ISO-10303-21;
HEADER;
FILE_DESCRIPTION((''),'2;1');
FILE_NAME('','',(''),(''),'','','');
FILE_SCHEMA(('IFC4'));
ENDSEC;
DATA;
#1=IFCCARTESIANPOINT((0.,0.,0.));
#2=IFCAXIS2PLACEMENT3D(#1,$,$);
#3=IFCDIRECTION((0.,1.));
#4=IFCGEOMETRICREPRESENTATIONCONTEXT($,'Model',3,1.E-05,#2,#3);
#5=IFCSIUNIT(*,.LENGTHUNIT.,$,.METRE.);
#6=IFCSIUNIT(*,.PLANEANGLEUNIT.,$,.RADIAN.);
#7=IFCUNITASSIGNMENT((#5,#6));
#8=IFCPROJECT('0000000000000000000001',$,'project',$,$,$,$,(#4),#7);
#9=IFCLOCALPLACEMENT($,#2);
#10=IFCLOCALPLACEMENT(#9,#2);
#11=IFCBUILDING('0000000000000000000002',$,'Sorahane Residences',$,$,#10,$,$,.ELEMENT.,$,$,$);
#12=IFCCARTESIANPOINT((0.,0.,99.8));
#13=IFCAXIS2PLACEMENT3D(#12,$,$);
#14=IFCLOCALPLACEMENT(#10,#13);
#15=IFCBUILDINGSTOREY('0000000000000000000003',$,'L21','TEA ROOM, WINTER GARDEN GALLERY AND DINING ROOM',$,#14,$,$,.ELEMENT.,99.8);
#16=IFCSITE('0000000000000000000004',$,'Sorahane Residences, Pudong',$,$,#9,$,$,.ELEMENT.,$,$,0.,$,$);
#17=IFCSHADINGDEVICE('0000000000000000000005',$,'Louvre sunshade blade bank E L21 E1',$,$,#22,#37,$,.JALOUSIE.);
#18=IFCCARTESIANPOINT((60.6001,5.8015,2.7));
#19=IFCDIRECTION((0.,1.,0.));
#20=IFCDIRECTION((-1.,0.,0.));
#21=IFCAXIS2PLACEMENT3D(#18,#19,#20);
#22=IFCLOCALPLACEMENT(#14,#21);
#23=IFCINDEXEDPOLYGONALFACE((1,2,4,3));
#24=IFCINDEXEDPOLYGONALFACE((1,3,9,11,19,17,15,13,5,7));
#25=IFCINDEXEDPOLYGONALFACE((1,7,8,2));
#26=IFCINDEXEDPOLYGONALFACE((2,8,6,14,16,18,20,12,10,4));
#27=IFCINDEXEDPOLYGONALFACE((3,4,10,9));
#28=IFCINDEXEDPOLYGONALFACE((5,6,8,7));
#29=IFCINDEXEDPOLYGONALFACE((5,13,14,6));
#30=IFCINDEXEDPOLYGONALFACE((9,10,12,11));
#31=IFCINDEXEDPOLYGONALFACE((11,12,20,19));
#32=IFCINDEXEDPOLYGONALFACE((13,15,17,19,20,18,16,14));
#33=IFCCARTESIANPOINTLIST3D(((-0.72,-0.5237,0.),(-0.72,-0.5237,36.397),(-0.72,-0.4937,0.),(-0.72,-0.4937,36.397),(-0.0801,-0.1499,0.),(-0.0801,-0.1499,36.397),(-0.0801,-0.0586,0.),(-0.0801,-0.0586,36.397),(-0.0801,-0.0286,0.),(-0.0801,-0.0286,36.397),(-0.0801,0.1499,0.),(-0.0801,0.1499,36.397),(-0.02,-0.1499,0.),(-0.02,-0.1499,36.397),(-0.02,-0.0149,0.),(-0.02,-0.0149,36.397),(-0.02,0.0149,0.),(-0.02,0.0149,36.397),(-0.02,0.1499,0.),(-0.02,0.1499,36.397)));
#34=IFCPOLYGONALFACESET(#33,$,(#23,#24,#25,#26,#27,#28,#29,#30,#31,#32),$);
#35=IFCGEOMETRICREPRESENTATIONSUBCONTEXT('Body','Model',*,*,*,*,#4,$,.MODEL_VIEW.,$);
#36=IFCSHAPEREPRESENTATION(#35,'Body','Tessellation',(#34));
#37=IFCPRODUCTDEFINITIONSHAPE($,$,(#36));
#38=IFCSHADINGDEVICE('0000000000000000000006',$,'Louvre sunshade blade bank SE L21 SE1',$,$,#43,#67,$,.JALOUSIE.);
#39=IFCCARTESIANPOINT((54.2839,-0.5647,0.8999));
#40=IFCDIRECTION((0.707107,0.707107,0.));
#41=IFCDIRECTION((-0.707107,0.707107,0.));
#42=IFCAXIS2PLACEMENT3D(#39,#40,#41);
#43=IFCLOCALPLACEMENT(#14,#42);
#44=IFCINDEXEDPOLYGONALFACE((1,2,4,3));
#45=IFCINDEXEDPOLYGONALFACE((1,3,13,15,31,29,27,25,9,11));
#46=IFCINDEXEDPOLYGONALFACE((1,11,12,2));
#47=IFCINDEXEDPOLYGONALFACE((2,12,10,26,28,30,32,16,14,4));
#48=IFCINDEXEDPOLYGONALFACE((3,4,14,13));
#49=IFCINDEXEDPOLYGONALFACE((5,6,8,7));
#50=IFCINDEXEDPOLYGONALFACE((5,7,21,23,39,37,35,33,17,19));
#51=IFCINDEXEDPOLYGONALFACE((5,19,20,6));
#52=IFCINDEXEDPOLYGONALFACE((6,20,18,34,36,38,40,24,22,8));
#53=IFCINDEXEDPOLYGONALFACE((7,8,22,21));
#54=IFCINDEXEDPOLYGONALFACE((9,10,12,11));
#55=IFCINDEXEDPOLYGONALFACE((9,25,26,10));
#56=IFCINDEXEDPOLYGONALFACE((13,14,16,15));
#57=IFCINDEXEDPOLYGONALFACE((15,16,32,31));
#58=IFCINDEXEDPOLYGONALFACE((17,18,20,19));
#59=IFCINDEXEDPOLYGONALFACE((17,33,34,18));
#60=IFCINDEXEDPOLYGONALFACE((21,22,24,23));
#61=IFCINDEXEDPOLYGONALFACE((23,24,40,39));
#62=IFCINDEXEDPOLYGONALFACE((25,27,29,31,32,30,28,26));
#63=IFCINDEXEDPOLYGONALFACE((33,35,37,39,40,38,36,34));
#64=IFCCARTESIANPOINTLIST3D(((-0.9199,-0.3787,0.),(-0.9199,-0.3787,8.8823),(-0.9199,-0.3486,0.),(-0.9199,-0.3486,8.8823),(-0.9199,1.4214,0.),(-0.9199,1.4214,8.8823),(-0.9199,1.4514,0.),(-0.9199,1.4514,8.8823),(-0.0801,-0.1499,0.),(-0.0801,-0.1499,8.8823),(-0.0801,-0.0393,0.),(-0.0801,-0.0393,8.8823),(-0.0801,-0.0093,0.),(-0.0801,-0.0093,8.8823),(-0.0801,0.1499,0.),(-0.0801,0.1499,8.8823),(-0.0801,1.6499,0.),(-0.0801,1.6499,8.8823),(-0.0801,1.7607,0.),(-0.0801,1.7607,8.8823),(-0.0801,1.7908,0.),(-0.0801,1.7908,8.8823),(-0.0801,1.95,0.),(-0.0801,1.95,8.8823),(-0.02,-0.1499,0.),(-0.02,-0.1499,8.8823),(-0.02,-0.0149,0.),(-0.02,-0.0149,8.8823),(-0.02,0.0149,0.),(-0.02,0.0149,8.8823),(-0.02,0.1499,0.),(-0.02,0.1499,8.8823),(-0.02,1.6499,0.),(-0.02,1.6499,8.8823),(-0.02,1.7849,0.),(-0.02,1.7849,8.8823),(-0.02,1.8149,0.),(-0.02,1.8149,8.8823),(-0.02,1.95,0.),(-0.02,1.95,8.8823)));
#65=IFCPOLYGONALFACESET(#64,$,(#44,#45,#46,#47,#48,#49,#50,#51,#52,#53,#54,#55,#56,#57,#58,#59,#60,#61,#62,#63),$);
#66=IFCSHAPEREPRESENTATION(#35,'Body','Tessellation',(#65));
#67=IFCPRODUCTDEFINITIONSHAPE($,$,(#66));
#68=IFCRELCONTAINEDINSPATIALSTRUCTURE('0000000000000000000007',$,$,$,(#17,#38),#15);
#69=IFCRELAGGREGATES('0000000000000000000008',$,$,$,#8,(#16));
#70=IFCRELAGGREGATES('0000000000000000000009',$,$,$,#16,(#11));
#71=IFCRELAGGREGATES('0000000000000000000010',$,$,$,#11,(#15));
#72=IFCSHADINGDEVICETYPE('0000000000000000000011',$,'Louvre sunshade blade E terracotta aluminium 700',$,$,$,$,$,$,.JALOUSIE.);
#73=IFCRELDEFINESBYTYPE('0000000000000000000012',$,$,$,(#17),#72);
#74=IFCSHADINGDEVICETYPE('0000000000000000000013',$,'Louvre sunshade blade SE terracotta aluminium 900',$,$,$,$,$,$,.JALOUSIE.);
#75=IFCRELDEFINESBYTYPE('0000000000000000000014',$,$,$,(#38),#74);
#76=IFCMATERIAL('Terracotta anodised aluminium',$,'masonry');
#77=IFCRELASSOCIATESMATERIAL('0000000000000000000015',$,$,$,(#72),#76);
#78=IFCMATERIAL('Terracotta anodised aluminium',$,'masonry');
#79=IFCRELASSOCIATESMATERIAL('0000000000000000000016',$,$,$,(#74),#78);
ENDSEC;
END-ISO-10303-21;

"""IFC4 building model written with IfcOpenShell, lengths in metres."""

from ifc_helpers import new_model, si_unit, direction, frame, origin, place, context, subcontext, project, spatial, polyline, outline, composite_profile, extrude, material, type_object, element, save


model = new_model("IFC4")

# Units and contexts
model_context = context("Model", 3, precision=1e-05, world=origin(), true_north=direction((0.0, 1.0)))
body_context = subcontext(model_context, "Body", "Model", "MODEL_VIEW")
ifc_project = project(units=[si_unit("LENGTHUNIT", "METRE"), si_unit("PLANEANGLEUNIT", "RADIAN")], contexts=[model_context])

# Site, building, storey
site_placement = place(None, origin())
site = spatial("IfcSite", under=ifc_project, at=site_placement, Name="Sorahane Residences, Pudong", CompositionType="ELEMENT", RefElevation=0.0)
building_placement = place(site_placement, origin())
building = spatial("IfcBuilding", under=site, at=building_placement, Name="Sorahane Residences", CompositionType="ELEMENT")
storey_placement = place(building_placement, frame((0.0, 0.0, 99.8)))
storey = spatial("IfcBuildingStorey", under=building, at=storey_placement, Name="L21", Description="TEA ROOM, WINTER GARDEN GALLERY AND DINING ROOM", CompositionType="ELEMENT", Elevation=99.8)

# Shading devices
ifc_material_1 = material(Name="Terracotta anodised aluminium", Category="masonry")
shading_device_type_1 = type_object("IfcShadingDeviceType", Name="Louvre sunshade blade E terracotta aluminium 700", PredefinedType="JALOUSIE", material=ifc_material_1)
shading_device_1_placement = place(storey_placement, frame((60.6001, 5.8015, 2.7), z_axis=(0.0, 1.0, 0.0), x_axis=(-1.0, 0.0, 0.0)))
element("IfcShadingDevice", 1, at=shading_device_1_placement, inside=storey, type_object=shading_device_type_1, Name="Louvre sunshade blade bank E L21 E1", PredefinedType="JALOUSIE", context=body_context, shape_type="SweptSolid", body=[
    extrude(outline(polyline([(-0.72, -0.4937), (-0.72, -0.5237), (-0.0801, -0.0586), (-0.0801, -0.1499), (-0.02, -0.1499), (-0.02, -0.0149), (-0.02, 0.0149), (-0.02, 0.1499), (-0.0801, 0.1499), (-0.0801, -0.0286), (-0.72, -0.4937)])), origin(), (0.0, 0.0, 1.0), 36.397),
])
ifc_material_2 = material(Name="Terracotta anodised aluminium", Category="masonry")
shading_device_type_2 = type_object("IfcShadingDeviceType", Name="Louvre sunshade blade SE terracotta aluminium 900", PredefinedType="JALOUSIE", material=ifc_material_2)
shading_device_2_placement = place(storey_placement, frame((54.2839, -0.5647, 0.8999), z_axis=(0.707107, 0.707107, 0.0), x_axis=(-0.707107, 0.707107, 0.0)))
element("IfcShadingDevice", 2, at=shading_device_2_placement, inside=storey, type_object=shading_device_type_2, Name="Louvre sunshade blade bank SE L21 SE1", PredefinedType="JALOUSIE", context=body_context, shape_type="SweptSolid", body=[
    extrude(composite_profile([outline(polyline([(-0.9199, -0.3486), (-0.9199, -0.3787), (-0.0801, -0.0393), (-0.0801, -0.1499), (-0.02, -0.1499), (-0.02, -0.0149), (-0.02, 0.0149), (-0.02, 0.1499), (-0.0801, 0.1499), (-0.0801, -0.0093), (-0.9199, -0.3486)])), outline(polyline([(-0.9199, 1.4514), (-0.9199, 1.4214), (-0.0801, 1.7607), (-0.0801, 1.6499), (-0.02, 1.6499), (-0.02, 1.7849), (-0.02, 1.8149), (-0.02, 1.95), (-0.0801, 1.95), (-0.0801, 1.7908), (-0.9199, 1.4514)]))]), origin(), (0.0, 0.0, 1.0), 8.8823),
])

save(model, "model.ifc")
